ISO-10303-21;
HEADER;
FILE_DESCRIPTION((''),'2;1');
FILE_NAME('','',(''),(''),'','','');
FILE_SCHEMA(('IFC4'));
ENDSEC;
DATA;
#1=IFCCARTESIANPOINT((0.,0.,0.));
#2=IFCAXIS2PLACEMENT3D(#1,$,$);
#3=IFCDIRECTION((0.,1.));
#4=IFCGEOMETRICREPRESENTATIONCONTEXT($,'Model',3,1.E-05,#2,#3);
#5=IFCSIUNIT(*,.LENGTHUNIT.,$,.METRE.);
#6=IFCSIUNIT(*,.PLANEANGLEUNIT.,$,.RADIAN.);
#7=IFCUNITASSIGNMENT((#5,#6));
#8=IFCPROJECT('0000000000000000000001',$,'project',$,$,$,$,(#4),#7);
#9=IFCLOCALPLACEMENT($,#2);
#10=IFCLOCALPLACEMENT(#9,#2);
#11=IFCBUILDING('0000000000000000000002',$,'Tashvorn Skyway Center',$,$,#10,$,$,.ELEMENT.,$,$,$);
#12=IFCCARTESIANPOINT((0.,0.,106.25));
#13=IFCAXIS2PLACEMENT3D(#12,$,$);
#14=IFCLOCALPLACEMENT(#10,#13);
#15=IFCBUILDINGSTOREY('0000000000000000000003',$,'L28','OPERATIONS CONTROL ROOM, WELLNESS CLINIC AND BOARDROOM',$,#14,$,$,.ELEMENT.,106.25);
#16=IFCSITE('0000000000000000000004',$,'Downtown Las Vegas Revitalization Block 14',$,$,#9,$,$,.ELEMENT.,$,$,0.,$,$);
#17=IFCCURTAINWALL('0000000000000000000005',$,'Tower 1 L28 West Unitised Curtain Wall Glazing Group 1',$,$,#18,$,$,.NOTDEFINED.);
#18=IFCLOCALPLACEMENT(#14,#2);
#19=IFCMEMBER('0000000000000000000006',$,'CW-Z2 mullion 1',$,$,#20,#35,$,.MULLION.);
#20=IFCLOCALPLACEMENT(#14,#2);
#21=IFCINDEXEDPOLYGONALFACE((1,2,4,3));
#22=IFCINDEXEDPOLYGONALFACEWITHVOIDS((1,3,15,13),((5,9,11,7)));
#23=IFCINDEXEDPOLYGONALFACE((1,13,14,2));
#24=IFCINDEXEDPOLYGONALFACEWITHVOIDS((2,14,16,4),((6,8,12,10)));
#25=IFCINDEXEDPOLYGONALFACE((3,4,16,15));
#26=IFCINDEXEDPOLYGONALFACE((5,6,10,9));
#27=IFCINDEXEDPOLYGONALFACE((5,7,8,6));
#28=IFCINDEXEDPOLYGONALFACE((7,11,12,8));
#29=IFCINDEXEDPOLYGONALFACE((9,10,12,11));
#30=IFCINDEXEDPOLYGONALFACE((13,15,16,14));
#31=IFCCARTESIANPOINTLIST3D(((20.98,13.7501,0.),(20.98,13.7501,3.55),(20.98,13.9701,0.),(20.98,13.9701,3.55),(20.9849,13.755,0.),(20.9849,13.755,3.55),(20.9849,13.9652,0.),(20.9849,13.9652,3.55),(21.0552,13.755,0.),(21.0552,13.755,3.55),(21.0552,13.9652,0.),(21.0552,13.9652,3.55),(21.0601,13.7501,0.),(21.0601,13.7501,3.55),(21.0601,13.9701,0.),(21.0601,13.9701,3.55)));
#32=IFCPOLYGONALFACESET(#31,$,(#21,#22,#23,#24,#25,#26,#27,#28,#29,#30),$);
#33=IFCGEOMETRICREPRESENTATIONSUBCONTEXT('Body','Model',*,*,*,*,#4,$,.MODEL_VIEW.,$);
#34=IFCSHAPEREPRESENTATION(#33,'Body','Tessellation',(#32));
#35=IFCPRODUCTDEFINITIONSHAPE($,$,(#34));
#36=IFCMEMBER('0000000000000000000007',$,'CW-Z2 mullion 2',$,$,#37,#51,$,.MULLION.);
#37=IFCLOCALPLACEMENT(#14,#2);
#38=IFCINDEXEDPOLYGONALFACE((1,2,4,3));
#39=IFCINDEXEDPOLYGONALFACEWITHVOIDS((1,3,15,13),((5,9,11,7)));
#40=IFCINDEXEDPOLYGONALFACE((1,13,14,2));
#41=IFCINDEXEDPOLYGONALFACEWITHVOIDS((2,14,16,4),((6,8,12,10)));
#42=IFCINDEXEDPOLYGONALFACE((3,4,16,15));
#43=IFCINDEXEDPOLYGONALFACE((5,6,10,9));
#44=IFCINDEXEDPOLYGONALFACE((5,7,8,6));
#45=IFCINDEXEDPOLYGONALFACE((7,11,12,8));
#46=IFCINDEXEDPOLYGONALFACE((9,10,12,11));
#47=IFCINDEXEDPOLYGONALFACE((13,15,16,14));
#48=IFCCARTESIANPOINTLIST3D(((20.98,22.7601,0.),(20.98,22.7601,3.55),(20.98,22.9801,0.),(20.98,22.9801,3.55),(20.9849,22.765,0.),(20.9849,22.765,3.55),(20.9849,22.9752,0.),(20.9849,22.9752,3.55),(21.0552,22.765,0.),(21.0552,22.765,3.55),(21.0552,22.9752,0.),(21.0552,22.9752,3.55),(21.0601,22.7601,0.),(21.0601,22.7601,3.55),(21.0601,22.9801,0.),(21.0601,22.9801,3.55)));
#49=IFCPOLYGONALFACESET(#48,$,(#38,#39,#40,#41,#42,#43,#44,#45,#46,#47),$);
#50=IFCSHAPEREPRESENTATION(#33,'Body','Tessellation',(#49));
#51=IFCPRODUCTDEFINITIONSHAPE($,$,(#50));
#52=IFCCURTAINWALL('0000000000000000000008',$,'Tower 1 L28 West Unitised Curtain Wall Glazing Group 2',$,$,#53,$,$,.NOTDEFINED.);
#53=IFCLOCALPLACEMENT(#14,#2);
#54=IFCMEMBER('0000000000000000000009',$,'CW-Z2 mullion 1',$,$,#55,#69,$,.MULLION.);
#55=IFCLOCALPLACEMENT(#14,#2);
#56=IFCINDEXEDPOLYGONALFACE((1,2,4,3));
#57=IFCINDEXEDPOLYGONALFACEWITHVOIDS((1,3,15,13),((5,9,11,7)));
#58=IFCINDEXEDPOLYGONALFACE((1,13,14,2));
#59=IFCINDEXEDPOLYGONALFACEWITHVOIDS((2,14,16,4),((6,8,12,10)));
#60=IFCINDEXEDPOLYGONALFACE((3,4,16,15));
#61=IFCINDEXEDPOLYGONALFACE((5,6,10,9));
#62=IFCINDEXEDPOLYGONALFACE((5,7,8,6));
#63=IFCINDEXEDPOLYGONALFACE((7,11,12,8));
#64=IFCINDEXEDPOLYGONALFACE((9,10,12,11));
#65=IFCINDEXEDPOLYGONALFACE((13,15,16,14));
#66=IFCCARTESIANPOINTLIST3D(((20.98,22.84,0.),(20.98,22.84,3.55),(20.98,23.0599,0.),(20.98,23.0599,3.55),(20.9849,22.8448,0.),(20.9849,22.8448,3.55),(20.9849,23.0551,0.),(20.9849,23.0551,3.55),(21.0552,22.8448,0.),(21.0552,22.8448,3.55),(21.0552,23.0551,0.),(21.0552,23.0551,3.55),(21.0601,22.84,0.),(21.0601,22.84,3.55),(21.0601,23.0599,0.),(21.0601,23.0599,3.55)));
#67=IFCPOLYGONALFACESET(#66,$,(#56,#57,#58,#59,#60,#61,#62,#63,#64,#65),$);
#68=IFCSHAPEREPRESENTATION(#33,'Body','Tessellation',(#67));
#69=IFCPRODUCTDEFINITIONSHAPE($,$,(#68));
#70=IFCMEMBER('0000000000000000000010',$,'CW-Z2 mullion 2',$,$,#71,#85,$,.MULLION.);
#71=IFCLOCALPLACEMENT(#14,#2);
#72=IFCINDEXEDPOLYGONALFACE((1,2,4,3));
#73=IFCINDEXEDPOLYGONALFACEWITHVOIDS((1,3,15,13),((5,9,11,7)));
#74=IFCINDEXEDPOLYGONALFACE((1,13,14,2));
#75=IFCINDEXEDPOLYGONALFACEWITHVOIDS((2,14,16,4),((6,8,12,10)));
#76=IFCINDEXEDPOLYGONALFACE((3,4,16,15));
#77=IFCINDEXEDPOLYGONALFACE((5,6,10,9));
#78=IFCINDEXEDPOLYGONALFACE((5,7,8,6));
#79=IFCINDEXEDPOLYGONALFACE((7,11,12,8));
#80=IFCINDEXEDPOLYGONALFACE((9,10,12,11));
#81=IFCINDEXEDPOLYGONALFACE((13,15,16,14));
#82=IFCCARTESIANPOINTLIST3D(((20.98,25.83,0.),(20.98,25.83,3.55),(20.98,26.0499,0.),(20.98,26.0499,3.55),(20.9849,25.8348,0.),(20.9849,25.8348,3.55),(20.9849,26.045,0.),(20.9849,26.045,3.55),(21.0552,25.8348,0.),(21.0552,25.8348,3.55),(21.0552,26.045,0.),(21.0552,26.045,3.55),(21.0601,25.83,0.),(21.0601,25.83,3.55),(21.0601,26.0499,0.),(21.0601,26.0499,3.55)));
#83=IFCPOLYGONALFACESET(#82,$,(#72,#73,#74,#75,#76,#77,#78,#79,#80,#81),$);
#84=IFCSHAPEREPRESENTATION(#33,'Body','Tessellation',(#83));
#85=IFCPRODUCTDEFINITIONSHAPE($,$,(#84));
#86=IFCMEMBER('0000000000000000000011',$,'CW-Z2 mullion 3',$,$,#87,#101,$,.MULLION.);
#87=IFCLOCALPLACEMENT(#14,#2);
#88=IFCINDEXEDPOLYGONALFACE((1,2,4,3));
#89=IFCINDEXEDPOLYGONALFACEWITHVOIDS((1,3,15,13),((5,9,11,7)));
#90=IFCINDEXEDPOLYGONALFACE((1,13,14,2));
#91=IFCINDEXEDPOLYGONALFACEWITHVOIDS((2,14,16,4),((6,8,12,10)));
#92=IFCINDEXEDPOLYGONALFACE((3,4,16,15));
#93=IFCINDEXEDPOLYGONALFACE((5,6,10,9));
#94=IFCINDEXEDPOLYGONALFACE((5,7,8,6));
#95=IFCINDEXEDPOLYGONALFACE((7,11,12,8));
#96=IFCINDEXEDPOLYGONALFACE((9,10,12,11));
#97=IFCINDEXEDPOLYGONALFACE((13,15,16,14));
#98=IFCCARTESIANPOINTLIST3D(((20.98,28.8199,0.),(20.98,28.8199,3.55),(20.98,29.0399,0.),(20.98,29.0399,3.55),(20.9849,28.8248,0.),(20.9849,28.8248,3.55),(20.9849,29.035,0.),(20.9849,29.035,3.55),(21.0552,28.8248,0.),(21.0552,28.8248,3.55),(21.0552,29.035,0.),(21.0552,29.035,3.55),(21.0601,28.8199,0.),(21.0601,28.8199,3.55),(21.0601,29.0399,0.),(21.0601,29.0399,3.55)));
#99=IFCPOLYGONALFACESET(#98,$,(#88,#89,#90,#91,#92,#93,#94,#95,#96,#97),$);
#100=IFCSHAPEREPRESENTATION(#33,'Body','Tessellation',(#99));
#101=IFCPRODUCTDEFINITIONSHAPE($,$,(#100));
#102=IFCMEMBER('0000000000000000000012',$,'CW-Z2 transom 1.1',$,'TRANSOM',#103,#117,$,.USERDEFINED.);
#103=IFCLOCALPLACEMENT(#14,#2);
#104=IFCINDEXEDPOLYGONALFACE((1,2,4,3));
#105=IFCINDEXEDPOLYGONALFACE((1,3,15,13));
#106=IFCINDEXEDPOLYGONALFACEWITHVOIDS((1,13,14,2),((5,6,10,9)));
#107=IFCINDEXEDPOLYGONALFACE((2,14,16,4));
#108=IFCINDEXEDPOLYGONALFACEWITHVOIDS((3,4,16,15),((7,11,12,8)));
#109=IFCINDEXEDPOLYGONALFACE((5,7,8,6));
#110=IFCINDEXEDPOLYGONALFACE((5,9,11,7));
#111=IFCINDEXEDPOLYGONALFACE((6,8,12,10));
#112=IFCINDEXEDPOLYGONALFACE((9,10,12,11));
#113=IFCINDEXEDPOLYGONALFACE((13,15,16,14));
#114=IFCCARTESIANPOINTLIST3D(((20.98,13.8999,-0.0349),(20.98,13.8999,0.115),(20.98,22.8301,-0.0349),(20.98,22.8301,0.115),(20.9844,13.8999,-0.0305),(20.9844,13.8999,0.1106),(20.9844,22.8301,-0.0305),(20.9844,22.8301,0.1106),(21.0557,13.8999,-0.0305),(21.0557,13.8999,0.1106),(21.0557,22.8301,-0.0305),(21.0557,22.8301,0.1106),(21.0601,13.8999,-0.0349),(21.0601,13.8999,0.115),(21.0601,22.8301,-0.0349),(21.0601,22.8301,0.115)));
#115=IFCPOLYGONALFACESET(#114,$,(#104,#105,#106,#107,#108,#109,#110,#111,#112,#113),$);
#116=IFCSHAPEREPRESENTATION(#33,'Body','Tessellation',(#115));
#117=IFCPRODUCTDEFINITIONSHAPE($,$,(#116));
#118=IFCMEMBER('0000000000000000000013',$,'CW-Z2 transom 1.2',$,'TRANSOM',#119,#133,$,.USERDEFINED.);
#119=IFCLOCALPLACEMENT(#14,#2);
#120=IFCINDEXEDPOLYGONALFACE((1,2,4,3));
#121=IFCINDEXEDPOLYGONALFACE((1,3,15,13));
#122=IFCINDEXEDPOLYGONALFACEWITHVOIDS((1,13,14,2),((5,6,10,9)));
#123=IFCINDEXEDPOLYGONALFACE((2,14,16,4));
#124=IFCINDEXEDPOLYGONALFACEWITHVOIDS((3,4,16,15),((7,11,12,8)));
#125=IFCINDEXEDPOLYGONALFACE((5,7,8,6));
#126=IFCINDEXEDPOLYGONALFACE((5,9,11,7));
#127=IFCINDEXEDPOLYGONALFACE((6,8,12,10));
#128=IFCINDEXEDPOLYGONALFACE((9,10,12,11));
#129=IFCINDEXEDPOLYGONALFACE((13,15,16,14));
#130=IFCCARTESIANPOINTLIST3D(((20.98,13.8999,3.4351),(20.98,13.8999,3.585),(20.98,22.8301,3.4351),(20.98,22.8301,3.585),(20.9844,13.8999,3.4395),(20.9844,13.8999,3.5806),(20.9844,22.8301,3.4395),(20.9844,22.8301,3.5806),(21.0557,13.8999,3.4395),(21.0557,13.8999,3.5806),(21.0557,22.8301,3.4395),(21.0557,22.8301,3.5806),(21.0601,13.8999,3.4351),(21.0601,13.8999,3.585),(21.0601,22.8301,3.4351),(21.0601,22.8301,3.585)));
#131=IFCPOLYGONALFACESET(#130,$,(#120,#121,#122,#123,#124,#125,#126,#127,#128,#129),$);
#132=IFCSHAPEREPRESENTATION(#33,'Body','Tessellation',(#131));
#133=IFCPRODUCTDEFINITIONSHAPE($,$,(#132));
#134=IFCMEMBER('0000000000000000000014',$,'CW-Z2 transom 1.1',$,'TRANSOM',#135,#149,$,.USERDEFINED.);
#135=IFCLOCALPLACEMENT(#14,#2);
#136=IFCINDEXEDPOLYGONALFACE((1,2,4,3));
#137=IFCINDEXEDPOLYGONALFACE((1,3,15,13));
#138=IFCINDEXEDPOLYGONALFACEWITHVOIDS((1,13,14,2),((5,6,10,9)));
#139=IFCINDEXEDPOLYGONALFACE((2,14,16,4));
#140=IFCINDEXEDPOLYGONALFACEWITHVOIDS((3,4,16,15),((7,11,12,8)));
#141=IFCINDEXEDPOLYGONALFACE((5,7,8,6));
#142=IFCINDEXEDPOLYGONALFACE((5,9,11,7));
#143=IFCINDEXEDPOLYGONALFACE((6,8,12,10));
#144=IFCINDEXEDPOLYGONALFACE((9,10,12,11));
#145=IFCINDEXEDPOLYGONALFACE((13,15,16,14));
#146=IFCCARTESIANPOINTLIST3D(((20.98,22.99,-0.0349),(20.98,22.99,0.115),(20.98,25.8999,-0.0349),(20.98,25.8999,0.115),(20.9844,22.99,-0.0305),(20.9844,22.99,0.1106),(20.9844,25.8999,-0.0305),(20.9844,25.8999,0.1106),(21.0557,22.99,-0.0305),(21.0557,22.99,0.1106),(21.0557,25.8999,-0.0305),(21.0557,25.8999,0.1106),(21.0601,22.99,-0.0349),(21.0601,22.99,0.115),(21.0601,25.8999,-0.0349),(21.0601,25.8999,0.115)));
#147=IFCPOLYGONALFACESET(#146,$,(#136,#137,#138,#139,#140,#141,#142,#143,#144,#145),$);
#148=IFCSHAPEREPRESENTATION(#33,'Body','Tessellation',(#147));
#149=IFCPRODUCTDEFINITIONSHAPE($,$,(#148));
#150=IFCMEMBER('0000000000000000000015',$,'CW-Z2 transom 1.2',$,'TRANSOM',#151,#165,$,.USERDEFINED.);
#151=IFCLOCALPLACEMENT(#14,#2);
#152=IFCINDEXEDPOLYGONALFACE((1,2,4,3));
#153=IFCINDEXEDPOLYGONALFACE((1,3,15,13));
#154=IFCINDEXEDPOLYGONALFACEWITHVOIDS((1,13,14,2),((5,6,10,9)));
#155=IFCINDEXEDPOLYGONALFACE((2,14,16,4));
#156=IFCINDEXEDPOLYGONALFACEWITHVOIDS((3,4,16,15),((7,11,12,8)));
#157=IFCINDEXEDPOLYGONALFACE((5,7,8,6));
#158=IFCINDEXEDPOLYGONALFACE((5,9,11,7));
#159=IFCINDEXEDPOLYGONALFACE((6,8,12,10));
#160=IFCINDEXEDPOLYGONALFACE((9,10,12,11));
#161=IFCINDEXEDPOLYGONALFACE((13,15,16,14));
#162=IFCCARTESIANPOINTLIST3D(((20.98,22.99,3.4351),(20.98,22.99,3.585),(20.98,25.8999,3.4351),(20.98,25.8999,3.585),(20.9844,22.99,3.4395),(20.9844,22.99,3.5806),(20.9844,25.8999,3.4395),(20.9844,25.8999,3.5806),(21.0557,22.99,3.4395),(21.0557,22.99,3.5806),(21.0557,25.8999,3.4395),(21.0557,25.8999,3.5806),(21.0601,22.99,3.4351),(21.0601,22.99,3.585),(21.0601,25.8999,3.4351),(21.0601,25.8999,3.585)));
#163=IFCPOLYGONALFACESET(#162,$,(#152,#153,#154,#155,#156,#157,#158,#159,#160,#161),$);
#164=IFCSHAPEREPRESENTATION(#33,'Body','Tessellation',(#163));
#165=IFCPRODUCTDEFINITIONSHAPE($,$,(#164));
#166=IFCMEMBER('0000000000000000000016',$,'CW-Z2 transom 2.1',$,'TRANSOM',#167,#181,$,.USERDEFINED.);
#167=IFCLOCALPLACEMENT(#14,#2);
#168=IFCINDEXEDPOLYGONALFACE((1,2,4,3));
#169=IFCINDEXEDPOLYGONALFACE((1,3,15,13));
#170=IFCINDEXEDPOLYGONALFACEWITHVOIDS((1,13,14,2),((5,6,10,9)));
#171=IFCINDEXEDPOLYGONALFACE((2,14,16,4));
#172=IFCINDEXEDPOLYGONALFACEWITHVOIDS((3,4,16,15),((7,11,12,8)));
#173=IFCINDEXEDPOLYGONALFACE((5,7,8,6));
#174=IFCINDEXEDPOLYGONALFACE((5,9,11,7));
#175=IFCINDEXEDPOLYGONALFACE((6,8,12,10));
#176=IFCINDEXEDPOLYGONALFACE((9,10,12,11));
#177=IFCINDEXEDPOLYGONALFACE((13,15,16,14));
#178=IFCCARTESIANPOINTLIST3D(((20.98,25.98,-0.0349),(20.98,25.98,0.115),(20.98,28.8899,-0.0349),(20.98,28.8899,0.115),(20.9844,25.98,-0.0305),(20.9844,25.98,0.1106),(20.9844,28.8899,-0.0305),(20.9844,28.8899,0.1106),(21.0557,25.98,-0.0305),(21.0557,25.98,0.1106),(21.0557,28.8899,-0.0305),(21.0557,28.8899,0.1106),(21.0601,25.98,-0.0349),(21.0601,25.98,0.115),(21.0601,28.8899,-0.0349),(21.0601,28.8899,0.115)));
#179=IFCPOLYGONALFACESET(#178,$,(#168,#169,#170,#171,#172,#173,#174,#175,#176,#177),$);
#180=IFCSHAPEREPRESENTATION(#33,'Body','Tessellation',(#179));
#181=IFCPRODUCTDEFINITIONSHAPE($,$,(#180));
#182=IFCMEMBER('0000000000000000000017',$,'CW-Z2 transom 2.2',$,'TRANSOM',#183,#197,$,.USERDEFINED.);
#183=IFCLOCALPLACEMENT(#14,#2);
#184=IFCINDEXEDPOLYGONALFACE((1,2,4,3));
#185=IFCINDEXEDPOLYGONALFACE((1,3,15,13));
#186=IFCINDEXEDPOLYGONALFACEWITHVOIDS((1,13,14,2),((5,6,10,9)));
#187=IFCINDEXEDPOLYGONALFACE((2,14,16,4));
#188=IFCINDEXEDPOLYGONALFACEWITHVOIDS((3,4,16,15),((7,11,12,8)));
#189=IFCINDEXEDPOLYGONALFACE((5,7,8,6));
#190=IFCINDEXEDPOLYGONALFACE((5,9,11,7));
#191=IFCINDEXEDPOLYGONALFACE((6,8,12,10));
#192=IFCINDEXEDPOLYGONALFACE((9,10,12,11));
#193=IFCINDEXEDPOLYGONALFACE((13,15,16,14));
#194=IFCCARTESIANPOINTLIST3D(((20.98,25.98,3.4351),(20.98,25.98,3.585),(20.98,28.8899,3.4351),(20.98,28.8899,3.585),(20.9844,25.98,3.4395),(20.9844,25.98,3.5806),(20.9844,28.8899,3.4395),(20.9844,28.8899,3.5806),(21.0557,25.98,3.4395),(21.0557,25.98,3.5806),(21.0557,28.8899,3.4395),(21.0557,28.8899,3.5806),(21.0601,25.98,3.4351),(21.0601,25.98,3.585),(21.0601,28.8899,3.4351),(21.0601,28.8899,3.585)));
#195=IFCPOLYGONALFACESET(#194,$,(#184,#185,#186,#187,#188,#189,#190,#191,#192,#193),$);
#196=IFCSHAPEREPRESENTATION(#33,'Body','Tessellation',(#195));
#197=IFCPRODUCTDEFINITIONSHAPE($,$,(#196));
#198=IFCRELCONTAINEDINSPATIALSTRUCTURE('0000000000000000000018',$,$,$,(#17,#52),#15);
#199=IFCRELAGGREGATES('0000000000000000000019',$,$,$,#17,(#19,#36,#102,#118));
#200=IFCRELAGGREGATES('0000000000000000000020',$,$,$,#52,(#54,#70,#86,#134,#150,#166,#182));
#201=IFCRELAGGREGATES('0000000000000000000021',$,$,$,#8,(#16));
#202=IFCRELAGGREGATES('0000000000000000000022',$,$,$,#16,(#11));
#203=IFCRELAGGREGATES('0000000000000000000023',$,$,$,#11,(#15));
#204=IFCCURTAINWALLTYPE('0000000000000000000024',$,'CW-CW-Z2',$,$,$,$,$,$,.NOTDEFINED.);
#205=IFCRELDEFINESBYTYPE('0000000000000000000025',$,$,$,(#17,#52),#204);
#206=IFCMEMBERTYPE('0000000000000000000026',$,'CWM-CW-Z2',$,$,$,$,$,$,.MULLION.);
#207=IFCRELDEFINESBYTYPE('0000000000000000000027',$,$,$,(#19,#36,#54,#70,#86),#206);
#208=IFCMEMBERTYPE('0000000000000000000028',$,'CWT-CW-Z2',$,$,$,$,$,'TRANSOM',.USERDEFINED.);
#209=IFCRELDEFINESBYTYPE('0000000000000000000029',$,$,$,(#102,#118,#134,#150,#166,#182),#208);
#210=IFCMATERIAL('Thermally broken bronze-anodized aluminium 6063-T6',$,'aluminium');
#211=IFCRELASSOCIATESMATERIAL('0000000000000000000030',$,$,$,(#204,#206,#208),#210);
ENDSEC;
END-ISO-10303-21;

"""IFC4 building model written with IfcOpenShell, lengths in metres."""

from ifc_helpers import new_model, si_unit, direction, frame, origin, origin_2d, place, context, subcontext, project, spatial, hollow_rectangle, extrude, material, material_profile, profile_set, type_object, element, aggregate, save


model = new_model("IFC4")

# Units and contexts
model_context = context("Model", 3, precision=1e-05, world=origin(), true_north=direction((0.0, 1.0)))
body_context = subcontext(model_context, "Body", "Model", "MODEL_VIEW")
ifc_project = project(units=[si_unit("LENGTHUNIT", "METRE"), si_unit("PLANEANGLEUNIT", "RADIAN")], contexts=[model_context])

# Site, building, storey
site_placement = place(None, origin())
site = spatial("IfcSite", under=ifc_project, at=site_placement, Name="Downtown Las Vegas Revitalization Block 14", CompositionType="ELEMENT", RefElevation=0.0)
building_placement = place(site_placement, origin())
building = spatial("IfcBuilding", under=site, at=building_placement, Name="Tashvorn Skyway Center", CompositionType="ELEMENT")
storey_placement = place(building_placement, frame((0.0, 0.0, 106.25)))
storey = spatial("IfcBuildingStorey", under=building, at=storey_placement, Name="L28", Description="OPERATIONS CONTROL ROOM, WELLNESS CLINIC AND BOARDROOM", CompositionType="ELEMENT", Elevation=106.25)

# Curtain walls, members
ifc_material_1 = material(Name="Thermally broken bronze-anodized aluminium 6063-T6", Category="aluminium")
curtain_wall_type = type_object("IfcCurtainWallType", Name="CW-CW-Z2", PredefinedType="NOTDEFINED", material=ifc_material_1)
curtain_wall_1_placement = place(storey_placement, origin())
curtain_wall_1 = element("IfcCurtainWall", 1, at=curtain_wall_1_placement, inside=storey, type_object=curtain_wall_type, Name="Tower 1 L28 West Unitised Curtain Wall Glazing Group 1", PredefinedType="NOTDEFINED")
ifc_material_profile_1 = material_profile(ifc_material_1, hollow_rectangle(XDim=0.0801, YDim=0.22, WallThickness=0.0049, at=origin_2d()), Name="ALU-MULL-80x220")
ifc_profile_set_1 = profile_set([ifc_material_profile_1], Name="Thermally broken bronze-anodized aluminium 6063-T6")
member_type_1 = type_object("IfcMemberType", Name="CWM-CW-Z2", PredefinedType="MULLION", material=ifc_profile_set_1)
member_1_placement = place(storey_placement, frame((21.02, 13.8601, 0.0), z_axis=(0.0, 0.0, 1.0), x_axis=(-1.0, 0.0, 0.0)))
member_1 = element("IfcMember", 2, at=member_1_placement, type_object=member_type_1, Name="CW-Z2 mullion 1", PredefinedType="MULLION", context=body_context, shape_type="SweptSolid", body=[
    extrude(hollow_rectangle(XDim=0.0801, YDim=0.22, WallThickness=0.0049, at=origin_2d()), origin(), (0.0, 0.0, 1.0), 3.55),
])
member_2_placement = place(storey_placement, frame((21.02, 22.8701, 0.0), z_axis=(0.0, 0.0, 1.0), x_axis=(-1.0, 0.0, 0.0)))
member_2 = element("IfcMember", 3, at=member_2_placement, type_object=member_type_1, Name="CW-Z2 mullion 2", PredefinedType="MULLION", context=body_context, shape_type="SweptSolid", body=[
    extrude(hollow_rectangle(XDim=0.0801, YDim=0.22, WallThickness=0.0049, at=origin_2d()), origin(), (0.0, 0.0, 1.0), 3.55),
])
curtain_wall_2_placement = place(storey_placement, origin())
curtain_wall_2 = element("IfcCurtainWall", 4, at=curtain_wall_2_placement, inside=storey, type_object=curtain_wall_type, Name="Tower 1 L28 West Unitised Curtain Wall Glazing Group 2", PredefinedType="NOTDEFINED")
member_3_placement = place(storey_placement, frame((21.02, 22.95, 0.0), z_axis=(0.0, 0.0, 1.0), x_axis=(-1.0, 0.0, 0.0)))
member_3 = element("IfcMember", 5, at=member_3_placement, type_object=member_type_1, Name="CW-Z2 mullion 1", PredefinedType="MULLION", context=body_context, shape_type="SweptSolid", body=[
    extrude(hollow_rectangle(XDim=0.0801, YDim=0.22, WallThickness=0.0049, at=origin_2d()), origin(), (0.0, 0.0, 1.0), 3.55),
])
member_4_placement = place(storey_placement, frame((21.02, 25.9399, 0.0), z_axis=(0.0, 0.0, 1.0), x_axis=(-1.0, 0.0, 0.0)))
member_4 = element("IfcMember", 6, at=member_4_placement, type_object=member_type_1, Name="CW-Z2 mullion 2", PredefinedType="MULLION", context=body_context, shape_type="SweptSolid", body=[
    extrude(hollow_rectangle(XDim=0.0801, YDim=0.22, WallThickness=0.0049, at=origin_2d()), origin(), (0.0, 0.0, 1.0), 3.55),
])
member_5_placement = place(storey_placement, frame((21.02, 28.9299, 0.0), z_axis=(0.0, 0.0, 1.0), x_axis=(-1.0, 0.0, 0.0)))
member_5 = element("IfcMember", 7, at=member_5_placement, type_object=member_type_1, Name="CW-Z2 mullion 3", PredefinedType="MULLION", context=body_context, shape_type="SweptSolid", body=[
    extrude(hollow_rectangle(XDim=0.0801, YDim=0.22, WallThickness=0.0049, at=origin_2d()), origin(), (0.0, 0.0, 1.0), 3.55),
])

# Members
ifc_material_profile_2 = material_profile(ifc_material_1, hollow_rectangle(XDim=0.0801, YDim=0.1499, WallThickness=0.0044, at=origin_2d()), Name="ALU-TRAN-80x150")
ifc_profile_set_2 = profile_set([ifc_material_profile_2], Name="Thermally broken bronze-anodized aluminium 6063-T6")
member_type_2 = type_object("IfcMemberType", Name="CWT-CW-Z2", ElementType="TRANSOM", PredefinedType="USERDEFINED", material=ifc_profile_set_2)
member_6_placement = place(storey_placement, frame((21.02, 13.8999, 0.04), z_axis=(0.0, 1.0, 0.0), x_axis=(-1.0, 0.0, 0.0)))
member_6 = element("IfcMember", 8, at=member_6_placement, type_object=member_type_2, Name="CW-Z2 transom 1.1", ObjectType="TRANSOM", PredefinedType="USERDEFINED", context=body_context, shape_type="SweptSolid", body=[
    extrude(hollow_rectangle(XDim=0.0801, YDim=0.1499, WallThickness=0.0044, at=origin_2d()), origin(), (0.0, 0.0, 1.0), 8.9302),
])
member_7_placement = place(storey_placement, frame((21.02, 13.8999, 3.51), z_axis=(0.0, 1.0, 0.0), x_axis=(-1.0, 0.0, 0.0)))
member_7 = element("IfcMember", 9, at=member_7_placement, type_object=member_type_2, Name="CW-Z2 transom 1.2", ObjectType="TRANSOM", PredefinedType="USERDEFINED", context=body_context, shape_type="SweptSolid", body=[
    extrude(hollow_rectangle(XDim=0.0801, YDim=0.1499, WallThickness=0.0044, at=origin_2d()), origin(), (0.0, 0.0, 1.0), 8.9302),
])
member_8_placement = place(storey_placement, frame((21.02, 22.99, 0.04), z_axis=(0.0, 1.0, 0.0), x_axis=(-1.0, 0.0, 0.0)))
member_8 = element("IfcMember", 10, at=member_8_placement, type_object=member_type_2, Name="CW-Z2 transom 1.1", ObjectType="TRANSOM", PredefinedType="USERDEFINED", context=body_context, shape_type="SweptSolid", body=[
    extrude(hollow_rectangle(XDim=0.0801, YDim=0.1499, WallThickness=0.0044, at=origin_2d()), origin(), (0.0, 0.0, 1.0), 2.9099),
])
member_9_placement = place(storey_placement, frame((21.02, 22.99, 3.51), z_axis=(0.0, 1.0, 0.0), x_axis=(-1.0, 0.0, 0.0)))
member_9 = element("IfcMember", 11, at=member_9_placement, type_object=member_type_2, Name="CW-Z2 transom 1.2", ObjectType="TRANSOM", PredefinedType="USERDEFINED", context=body_context, shape_type="SweptSolid", body=[
    extrude(hollow_rectangle(XDim=0.0801, YDim=0.1499, WallThickness=0.0044, at=origin_2d()), origin(), (0.0, 0.0, 1.0), 2.9099),
])
member_10_placement = place(storey_placement, frame((21.02, 25.98, 0.04), z_axis=(0.0, 1.0, 0.0), x_axis=(-1.0, 0.0, 0.0)))
member_10 = element("IfcMember", 12, at=member_10_placement, type_object=member_type_2, Name="CW-Z2 transom 2.1", ObjectType="TRANSOM", PredefinedType="USERDEFINED", context=body_context, shape_type="SweptSolid", body=[
    extrude(hollow_rectangle(XDim=0.0801, YDim=0.1499, WallThickness=0.0044, at=origin_2d()), origin(), (0.0, 0.0, 1.0), 2.9099),
])
member_11_placement = place(storey_placement, frame((21.02, 25.98, 3.51), z_axis=(0.0, 1.0, 0.0), x_axis=(-1.0, 0.0, 0.0)))
member_11 = element("IfcMember", 13, at=member_11_placement, type_object=member_type_2, Name="CW-Z2 transom 2.2", ObjectType="TRANSOM", PredefinedType="USERDEFINED", context=body_context, shape_type="SweptSolid", body=[
    extrude(hollow_rectangle(XDim=0.0801, YDim=0.1499, WallThickness=0.0044, at=origin_2d()), origin(), (0.0, 0.0, 1.0), 2.9099),
])

aggregate(curtain_wall_1, [member_1, member_2, member_6, member_7])
aggregate(curtain_wall_2, [member_3, member_4, member_5, member_8, member_9, member_10, member_11])

save(model, "model.ifc")
